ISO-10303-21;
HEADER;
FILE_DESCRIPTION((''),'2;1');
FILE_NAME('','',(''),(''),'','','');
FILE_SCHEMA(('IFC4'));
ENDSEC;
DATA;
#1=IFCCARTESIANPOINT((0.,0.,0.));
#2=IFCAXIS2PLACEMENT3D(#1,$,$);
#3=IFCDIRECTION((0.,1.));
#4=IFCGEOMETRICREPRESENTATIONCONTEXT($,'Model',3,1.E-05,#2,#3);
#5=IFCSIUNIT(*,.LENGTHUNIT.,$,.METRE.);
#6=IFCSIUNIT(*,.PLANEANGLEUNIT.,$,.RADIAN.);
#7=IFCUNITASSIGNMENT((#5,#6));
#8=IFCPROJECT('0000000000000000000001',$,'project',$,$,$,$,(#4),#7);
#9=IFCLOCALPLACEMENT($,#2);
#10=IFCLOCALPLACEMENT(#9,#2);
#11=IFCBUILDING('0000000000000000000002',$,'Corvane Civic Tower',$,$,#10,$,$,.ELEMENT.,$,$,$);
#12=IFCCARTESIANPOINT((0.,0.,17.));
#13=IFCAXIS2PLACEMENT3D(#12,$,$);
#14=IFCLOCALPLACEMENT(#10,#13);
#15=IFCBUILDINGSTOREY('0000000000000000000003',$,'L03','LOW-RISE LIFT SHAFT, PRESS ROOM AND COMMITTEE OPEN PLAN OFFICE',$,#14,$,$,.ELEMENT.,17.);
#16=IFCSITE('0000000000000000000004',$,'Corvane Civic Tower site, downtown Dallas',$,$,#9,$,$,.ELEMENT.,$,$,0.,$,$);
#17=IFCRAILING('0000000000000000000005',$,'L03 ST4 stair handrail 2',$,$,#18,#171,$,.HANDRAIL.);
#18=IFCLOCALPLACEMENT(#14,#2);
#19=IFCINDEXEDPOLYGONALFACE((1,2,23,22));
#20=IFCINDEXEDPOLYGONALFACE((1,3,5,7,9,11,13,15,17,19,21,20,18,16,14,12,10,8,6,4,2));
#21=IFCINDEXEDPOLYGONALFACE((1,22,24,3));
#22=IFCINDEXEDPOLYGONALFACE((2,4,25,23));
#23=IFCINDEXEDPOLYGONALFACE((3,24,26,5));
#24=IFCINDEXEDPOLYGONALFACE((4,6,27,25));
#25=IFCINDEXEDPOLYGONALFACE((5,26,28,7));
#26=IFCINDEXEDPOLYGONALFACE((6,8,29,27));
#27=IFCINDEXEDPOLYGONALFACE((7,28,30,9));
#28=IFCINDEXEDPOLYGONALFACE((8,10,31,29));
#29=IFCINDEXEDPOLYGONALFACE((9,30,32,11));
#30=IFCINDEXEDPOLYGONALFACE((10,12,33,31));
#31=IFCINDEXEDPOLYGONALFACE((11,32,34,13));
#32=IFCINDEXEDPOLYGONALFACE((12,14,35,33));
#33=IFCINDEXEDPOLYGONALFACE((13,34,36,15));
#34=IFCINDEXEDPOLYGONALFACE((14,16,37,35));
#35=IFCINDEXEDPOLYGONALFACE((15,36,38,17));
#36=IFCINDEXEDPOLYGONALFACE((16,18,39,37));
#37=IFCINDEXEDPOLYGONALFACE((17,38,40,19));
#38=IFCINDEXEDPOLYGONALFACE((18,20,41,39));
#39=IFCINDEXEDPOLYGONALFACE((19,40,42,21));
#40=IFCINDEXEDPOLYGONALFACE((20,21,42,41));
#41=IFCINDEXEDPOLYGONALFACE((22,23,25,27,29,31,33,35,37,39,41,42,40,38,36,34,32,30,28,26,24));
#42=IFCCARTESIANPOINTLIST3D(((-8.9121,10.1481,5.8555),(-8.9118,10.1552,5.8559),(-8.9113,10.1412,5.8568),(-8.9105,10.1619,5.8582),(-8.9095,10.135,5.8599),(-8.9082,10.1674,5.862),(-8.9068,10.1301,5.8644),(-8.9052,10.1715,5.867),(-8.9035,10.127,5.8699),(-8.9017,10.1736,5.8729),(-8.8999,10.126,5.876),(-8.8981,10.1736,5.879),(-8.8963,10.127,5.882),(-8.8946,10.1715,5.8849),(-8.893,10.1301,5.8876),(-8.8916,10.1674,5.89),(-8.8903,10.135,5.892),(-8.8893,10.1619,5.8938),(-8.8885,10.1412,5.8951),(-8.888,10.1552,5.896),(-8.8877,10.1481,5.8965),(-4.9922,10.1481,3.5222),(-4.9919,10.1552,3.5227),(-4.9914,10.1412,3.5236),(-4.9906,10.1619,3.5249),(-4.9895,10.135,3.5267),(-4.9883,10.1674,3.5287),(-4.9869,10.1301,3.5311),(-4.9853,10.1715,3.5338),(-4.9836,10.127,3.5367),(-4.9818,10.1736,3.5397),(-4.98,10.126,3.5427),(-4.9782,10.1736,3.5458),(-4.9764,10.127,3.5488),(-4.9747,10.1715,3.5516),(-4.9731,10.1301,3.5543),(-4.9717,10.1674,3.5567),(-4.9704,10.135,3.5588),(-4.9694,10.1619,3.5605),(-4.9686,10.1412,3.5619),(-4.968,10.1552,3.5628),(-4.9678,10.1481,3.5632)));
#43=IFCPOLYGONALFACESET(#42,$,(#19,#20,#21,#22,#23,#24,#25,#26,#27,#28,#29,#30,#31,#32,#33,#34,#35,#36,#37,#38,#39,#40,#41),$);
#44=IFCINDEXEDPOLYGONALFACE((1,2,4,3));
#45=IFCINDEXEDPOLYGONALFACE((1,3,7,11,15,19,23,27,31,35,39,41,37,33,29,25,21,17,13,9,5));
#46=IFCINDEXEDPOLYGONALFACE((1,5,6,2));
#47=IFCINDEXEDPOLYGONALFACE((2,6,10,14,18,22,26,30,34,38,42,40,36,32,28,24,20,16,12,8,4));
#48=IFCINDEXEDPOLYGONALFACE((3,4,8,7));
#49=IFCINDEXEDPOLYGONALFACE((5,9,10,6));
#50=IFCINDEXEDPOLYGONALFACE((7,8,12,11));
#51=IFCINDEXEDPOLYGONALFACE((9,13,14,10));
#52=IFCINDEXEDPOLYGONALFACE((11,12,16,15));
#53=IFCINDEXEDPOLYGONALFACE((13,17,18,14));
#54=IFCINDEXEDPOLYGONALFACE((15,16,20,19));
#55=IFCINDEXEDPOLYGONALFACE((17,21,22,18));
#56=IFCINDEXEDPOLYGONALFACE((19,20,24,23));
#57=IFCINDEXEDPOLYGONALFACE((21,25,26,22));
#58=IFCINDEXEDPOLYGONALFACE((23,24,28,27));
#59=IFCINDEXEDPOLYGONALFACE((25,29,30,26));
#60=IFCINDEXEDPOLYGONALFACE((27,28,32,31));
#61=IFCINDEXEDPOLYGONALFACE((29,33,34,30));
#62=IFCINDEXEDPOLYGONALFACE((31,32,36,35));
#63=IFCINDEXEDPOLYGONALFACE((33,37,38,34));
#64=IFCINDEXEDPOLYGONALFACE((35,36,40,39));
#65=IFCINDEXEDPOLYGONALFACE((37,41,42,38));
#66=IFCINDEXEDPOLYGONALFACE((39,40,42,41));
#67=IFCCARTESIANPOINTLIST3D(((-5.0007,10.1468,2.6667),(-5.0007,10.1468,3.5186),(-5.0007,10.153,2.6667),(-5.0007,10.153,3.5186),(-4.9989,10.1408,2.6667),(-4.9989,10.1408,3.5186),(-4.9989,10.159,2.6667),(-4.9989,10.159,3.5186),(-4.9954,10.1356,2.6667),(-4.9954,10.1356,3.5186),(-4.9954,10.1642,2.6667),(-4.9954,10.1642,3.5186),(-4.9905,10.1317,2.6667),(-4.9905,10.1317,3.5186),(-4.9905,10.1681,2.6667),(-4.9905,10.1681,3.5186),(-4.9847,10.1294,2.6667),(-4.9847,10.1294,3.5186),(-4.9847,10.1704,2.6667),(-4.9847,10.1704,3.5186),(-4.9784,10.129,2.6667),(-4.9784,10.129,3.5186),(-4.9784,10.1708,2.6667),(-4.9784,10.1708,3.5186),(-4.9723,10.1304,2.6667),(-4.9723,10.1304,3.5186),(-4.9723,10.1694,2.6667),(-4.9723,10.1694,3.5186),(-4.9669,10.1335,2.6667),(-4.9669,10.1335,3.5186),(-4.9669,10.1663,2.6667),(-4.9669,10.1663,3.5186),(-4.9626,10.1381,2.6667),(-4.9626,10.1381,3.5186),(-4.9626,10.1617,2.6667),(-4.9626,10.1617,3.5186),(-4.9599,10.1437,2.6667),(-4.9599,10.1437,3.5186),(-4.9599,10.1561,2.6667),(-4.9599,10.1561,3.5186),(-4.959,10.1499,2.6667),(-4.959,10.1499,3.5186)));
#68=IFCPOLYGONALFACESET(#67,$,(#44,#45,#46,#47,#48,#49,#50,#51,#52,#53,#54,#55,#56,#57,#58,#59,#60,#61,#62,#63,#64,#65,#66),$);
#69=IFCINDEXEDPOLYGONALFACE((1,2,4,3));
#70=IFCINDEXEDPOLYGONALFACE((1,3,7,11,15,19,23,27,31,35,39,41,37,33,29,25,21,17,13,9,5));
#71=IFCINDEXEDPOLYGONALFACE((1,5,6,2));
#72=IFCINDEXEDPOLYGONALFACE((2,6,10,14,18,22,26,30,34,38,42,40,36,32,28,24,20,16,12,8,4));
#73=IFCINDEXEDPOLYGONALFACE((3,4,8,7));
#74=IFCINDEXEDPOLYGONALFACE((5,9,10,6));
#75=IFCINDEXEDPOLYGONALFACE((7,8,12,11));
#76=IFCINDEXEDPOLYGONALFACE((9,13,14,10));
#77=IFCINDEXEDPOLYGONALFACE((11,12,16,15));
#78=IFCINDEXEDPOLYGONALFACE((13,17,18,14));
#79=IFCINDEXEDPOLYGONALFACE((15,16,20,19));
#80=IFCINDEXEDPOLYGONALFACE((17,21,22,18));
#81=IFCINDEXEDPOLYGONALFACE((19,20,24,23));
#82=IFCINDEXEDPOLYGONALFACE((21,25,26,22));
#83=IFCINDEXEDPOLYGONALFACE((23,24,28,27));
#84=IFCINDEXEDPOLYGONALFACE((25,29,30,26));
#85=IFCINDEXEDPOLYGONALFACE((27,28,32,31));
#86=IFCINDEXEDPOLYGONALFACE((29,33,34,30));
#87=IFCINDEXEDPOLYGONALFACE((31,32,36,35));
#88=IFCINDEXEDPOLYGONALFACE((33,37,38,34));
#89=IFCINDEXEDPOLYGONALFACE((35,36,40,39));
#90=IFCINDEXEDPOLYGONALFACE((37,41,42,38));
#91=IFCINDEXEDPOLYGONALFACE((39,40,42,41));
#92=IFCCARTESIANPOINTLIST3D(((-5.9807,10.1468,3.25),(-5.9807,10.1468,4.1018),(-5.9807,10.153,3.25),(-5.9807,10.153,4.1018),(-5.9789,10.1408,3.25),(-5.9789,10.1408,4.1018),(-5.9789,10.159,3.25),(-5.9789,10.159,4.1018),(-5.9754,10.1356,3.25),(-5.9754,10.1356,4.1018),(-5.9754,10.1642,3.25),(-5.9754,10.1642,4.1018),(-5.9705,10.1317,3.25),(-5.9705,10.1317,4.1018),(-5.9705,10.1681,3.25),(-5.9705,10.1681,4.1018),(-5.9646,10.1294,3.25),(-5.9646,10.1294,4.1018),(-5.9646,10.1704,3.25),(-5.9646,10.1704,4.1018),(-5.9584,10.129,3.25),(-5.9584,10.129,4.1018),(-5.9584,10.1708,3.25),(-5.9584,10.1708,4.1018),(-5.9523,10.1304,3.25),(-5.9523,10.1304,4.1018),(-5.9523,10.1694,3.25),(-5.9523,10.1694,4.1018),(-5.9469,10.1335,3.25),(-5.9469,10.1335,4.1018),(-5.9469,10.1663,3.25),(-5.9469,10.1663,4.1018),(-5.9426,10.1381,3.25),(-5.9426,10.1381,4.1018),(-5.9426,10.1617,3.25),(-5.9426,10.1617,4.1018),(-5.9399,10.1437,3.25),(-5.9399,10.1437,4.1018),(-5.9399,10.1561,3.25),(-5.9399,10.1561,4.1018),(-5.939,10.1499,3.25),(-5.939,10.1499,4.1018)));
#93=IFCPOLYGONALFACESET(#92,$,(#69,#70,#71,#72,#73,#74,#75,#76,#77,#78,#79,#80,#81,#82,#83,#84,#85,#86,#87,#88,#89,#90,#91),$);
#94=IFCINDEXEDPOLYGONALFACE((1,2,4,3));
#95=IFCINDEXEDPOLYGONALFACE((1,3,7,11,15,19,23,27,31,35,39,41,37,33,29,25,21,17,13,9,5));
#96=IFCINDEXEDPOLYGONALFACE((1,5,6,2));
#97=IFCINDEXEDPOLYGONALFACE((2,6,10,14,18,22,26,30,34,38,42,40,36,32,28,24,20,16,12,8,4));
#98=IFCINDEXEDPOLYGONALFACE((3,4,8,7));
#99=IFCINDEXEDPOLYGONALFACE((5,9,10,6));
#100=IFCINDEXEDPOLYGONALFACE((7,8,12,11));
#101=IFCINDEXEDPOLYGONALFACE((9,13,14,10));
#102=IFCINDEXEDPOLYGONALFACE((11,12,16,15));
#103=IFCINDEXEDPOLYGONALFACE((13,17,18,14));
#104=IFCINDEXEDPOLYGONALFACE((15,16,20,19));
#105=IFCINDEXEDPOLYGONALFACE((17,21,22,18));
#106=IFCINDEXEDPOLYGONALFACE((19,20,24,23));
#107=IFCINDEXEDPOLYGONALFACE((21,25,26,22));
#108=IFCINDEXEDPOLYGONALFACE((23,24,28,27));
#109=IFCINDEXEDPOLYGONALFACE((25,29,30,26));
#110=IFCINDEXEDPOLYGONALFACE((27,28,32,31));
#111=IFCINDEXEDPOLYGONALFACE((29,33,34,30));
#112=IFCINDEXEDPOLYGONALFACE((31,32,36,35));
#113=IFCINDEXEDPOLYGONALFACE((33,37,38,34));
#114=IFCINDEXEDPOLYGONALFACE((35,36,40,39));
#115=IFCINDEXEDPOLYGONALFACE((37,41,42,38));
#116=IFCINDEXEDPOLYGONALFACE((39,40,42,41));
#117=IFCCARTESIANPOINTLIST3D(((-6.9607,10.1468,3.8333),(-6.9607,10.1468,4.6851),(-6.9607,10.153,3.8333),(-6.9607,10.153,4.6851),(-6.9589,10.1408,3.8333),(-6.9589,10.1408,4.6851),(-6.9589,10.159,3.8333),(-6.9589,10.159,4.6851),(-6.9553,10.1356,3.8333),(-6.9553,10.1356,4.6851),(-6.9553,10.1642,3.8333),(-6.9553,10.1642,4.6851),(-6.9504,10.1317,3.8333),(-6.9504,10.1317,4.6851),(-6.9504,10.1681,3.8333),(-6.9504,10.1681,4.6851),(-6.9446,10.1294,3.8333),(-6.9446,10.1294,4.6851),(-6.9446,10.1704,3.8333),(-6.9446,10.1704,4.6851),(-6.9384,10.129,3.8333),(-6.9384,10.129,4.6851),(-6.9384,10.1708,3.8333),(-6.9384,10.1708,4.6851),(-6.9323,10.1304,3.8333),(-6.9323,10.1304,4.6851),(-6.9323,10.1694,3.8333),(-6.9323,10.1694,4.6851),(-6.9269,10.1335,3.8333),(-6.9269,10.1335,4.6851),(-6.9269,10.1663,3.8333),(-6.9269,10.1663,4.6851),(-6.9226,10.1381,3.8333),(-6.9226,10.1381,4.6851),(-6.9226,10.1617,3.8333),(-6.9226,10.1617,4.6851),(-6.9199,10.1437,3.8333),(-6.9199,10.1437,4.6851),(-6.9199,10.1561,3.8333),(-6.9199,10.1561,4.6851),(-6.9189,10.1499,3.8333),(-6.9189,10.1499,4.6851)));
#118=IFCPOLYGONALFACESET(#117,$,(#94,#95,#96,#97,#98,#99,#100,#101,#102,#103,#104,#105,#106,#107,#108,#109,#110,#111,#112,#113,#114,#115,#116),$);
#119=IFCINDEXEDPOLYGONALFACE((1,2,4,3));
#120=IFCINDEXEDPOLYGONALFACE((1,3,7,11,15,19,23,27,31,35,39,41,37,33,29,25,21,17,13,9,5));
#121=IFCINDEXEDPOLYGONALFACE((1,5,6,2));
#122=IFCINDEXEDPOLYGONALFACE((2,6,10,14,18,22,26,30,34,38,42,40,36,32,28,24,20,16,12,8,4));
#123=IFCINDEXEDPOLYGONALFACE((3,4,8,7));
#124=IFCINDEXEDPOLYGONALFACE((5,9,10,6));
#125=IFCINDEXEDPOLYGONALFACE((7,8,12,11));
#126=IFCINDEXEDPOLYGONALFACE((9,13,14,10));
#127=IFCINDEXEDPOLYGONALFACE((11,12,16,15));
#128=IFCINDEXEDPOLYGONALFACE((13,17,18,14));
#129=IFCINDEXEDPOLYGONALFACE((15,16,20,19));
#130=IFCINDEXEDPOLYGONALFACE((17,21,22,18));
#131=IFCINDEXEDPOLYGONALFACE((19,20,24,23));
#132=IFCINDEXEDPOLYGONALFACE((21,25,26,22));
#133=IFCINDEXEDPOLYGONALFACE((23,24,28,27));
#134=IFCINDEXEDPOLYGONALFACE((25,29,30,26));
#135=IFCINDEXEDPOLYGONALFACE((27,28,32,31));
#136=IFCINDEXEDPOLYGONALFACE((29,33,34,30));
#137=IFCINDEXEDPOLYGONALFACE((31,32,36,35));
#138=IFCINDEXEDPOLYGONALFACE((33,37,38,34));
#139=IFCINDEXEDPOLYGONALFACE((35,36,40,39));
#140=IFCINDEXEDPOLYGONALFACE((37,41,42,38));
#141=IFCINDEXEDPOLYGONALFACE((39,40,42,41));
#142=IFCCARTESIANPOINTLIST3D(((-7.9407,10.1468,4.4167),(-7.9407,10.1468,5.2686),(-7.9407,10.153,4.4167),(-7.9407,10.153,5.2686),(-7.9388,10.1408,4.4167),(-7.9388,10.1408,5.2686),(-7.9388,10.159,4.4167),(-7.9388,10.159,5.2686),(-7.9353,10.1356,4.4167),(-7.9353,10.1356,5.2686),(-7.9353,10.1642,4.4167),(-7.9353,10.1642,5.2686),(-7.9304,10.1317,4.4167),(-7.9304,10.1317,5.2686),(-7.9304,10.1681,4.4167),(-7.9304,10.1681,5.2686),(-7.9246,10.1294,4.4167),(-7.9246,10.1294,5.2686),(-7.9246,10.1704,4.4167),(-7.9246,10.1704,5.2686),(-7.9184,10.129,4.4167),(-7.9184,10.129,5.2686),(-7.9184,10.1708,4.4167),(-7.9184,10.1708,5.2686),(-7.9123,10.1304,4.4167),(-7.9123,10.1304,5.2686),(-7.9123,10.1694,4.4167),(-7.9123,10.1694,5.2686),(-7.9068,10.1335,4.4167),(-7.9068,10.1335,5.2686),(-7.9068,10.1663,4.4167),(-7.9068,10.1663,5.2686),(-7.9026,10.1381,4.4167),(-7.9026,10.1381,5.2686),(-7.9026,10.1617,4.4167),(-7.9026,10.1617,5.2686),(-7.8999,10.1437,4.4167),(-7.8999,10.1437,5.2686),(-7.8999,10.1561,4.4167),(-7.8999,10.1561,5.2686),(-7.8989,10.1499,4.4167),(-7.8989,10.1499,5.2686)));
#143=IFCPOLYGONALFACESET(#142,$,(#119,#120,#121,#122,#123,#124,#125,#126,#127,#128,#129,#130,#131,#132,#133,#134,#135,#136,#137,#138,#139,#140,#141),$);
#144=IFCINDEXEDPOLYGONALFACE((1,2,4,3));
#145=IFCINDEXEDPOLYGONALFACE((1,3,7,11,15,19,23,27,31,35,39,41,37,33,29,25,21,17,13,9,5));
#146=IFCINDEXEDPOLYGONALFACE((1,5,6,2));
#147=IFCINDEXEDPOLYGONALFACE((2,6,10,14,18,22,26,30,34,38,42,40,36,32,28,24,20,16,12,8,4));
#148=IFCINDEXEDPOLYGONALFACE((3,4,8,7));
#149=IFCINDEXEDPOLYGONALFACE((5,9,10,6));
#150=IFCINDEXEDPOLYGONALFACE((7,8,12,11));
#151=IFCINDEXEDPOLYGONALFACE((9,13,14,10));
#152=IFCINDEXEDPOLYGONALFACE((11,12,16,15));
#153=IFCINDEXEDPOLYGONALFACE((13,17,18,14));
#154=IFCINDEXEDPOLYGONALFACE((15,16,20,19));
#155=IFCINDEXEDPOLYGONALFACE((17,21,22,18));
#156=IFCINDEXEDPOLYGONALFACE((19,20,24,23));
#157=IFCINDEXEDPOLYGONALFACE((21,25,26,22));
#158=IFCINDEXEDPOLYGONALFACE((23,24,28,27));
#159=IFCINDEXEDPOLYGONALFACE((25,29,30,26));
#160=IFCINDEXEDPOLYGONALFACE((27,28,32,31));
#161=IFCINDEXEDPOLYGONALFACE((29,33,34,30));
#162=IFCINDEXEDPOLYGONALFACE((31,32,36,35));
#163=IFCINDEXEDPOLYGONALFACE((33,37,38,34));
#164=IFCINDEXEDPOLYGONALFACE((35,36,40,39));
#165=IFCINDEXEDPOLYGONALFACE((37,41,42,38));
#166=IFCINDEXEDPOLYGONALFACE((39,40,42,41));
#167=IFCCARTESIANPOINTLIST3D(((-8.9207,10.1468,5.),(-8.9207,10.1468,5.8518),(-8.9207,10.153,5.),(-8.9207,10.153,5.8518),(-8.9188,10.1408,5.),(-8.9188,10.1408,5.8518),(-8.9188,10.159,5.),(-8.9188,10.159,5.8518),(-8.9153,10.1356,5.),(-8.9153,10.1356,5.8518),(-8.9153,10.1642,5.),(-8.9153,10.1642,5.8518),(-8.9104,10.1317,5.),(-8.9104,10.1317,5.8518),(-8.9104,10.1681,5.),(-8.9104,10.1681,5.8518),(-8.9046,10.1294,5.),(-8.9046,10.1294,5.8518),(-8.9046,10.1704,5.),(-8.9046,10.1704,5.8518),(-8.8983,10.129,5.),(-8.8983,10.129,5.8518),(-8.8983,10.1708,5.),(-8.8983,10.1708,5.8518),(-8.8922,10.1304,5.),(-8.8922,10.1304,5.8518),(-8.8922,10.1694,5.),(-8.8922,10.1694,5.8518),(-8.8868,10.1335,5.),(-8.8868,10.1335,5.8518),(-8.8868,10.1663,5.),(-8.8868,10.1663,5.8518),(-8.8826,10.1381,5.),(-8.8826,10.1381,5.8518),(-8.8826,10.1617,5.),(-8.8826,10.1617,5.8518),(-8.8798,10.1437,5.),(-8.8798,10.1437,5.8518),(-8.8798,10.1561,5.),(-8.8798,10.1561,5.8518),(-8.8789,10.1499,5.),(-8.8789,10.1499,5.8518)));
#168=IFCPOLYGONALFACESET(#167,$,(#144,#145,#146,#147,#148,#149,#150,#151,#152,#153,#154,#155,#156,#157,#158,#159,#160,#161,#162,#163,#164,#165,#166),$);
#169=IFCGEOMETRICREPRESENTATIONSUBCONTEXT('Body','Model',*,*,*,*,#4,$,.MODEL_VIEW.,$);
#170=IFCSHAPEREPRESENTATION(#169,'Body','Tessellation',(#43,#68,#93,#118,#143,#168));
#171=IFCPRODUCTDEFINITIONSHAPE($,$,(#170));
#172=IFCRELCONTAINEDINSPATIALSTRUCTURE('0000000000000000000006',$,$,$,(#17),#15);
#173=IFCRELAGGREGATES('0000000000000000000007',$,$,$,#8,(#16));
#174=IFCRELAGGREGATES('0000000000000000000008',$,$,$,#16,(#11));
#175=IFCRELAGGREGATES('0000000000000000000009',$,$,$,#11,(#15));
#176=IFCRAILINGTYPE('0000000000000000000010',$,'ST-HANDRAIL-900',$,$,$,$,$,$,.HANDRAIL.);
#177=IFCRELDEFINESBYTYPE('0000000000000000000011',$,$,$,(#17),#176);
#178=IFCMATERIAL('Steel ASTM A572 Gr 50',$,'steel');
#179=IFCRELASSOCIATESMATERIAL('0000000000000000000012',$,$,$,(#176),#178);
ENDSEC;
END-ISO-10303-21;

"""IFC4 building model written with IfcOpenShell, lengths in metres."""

from ifc_helpers import new_model, si_unit, direction, frame, origin, origin_2d, place, context, subcontext, project, spatial, circle, extrude, material, type_object, element, save


model = new_model("IFC4")

# Units and contexts
model_context = context("Model", 3, precision=1e-05, world=origin(), true_north=direction((0.0, 1.0)))
body_context = subcontext(model_context, "Body", "Model", "MODEL_VIEW")
ifc_project = project(units=[si_unit("LENGTHUNIT", "METRE"), si_unit("PLANEANGLEUNIT", "RADIAN")], contexts=[model_context])

# Site, building, storey
site_placement = place(None, origin())
site = spatial("IfcSite", under=ifc_project, at=site_placement, Name="Corvane Civic Tower site, downtown Dallas", CompositionType="ELEMENT", RefElevation=0.0)
building_placement = place(site_placement, origin())
building = spatial("IfcBuilding", under=site, at=building_placement, Name="Corvane Civic Tower", CompositionType="ELEMENT")
storey_placement = place(building_placement, frame((0.0, 0.0, 17.0)))
storey = spatial("IfcBuildingStorey", under=building, at=storey_placement, Name="L03", Description="LOW-RISE LIFT SHAFT, PRESS ROOM AND COMMITTEE OPEN PLAN OFFICE", CompositionType="ELEMENT", Elevation=17.0)

# Railing
ifc_material_1 = material(Name="Steel ASTM A572 Gr 50", Category="steel")
railing_type = type_object("IfcRailingType", Name="ST-HANDRAIL-900", PredefinedType="HANDRAIL", material=ifc_material_1)
railing_placement = place(storey_placement, frame((-4.98, 10.1499, 2.6667)))
element("IfcRailing", 1, at=railing_placement, inside=storey, type_object=railing_type, Name="L03 ST4 stair handrail 2", PredefinedType="HANDRAIL", context=body_context, shape_type="SweptSolid", body=[
    extrude(circle(Radius=0.0239, at=origin_2d()), frame((0.0, 0.0, 0.876), z_axis=(-0.859296, 0.0, 0.511478), x_axis=(0.0, -1.0, 0.0)), (0.0, 0.0, 1.0), 4.5618),
    extrude(circle(Radius=0.021, at=origin_2d()), origin(), (0.0, 0.0, 1.0), 0.8518),
    extrude(circle(Radius=0.021, at=origin_2d()), frame((-0.98, 0.0, 0.5833)), (0.0, 0.0, 1.0), 0.8518),
    extrude(circle(Radius=0.021, at=origin_2d()), frame((-1.96, 0.0, 1.1665)), (0.0, 0.0, 1.0), 0.8518),
    extrude(circle(Radius=0.021, at=origin_2d()), frame((-2.9399, 0.0, 1.75)), (0.0, 0.0, 1.0), 0.8518),
    extrude(circle(Radius=0.021, at=origin_2d()), frame((-3.9199, 0.0, 2.3333)), (0.0, 0.0, 1.0), 0.8518),
])

save(model, "model.ifc")
